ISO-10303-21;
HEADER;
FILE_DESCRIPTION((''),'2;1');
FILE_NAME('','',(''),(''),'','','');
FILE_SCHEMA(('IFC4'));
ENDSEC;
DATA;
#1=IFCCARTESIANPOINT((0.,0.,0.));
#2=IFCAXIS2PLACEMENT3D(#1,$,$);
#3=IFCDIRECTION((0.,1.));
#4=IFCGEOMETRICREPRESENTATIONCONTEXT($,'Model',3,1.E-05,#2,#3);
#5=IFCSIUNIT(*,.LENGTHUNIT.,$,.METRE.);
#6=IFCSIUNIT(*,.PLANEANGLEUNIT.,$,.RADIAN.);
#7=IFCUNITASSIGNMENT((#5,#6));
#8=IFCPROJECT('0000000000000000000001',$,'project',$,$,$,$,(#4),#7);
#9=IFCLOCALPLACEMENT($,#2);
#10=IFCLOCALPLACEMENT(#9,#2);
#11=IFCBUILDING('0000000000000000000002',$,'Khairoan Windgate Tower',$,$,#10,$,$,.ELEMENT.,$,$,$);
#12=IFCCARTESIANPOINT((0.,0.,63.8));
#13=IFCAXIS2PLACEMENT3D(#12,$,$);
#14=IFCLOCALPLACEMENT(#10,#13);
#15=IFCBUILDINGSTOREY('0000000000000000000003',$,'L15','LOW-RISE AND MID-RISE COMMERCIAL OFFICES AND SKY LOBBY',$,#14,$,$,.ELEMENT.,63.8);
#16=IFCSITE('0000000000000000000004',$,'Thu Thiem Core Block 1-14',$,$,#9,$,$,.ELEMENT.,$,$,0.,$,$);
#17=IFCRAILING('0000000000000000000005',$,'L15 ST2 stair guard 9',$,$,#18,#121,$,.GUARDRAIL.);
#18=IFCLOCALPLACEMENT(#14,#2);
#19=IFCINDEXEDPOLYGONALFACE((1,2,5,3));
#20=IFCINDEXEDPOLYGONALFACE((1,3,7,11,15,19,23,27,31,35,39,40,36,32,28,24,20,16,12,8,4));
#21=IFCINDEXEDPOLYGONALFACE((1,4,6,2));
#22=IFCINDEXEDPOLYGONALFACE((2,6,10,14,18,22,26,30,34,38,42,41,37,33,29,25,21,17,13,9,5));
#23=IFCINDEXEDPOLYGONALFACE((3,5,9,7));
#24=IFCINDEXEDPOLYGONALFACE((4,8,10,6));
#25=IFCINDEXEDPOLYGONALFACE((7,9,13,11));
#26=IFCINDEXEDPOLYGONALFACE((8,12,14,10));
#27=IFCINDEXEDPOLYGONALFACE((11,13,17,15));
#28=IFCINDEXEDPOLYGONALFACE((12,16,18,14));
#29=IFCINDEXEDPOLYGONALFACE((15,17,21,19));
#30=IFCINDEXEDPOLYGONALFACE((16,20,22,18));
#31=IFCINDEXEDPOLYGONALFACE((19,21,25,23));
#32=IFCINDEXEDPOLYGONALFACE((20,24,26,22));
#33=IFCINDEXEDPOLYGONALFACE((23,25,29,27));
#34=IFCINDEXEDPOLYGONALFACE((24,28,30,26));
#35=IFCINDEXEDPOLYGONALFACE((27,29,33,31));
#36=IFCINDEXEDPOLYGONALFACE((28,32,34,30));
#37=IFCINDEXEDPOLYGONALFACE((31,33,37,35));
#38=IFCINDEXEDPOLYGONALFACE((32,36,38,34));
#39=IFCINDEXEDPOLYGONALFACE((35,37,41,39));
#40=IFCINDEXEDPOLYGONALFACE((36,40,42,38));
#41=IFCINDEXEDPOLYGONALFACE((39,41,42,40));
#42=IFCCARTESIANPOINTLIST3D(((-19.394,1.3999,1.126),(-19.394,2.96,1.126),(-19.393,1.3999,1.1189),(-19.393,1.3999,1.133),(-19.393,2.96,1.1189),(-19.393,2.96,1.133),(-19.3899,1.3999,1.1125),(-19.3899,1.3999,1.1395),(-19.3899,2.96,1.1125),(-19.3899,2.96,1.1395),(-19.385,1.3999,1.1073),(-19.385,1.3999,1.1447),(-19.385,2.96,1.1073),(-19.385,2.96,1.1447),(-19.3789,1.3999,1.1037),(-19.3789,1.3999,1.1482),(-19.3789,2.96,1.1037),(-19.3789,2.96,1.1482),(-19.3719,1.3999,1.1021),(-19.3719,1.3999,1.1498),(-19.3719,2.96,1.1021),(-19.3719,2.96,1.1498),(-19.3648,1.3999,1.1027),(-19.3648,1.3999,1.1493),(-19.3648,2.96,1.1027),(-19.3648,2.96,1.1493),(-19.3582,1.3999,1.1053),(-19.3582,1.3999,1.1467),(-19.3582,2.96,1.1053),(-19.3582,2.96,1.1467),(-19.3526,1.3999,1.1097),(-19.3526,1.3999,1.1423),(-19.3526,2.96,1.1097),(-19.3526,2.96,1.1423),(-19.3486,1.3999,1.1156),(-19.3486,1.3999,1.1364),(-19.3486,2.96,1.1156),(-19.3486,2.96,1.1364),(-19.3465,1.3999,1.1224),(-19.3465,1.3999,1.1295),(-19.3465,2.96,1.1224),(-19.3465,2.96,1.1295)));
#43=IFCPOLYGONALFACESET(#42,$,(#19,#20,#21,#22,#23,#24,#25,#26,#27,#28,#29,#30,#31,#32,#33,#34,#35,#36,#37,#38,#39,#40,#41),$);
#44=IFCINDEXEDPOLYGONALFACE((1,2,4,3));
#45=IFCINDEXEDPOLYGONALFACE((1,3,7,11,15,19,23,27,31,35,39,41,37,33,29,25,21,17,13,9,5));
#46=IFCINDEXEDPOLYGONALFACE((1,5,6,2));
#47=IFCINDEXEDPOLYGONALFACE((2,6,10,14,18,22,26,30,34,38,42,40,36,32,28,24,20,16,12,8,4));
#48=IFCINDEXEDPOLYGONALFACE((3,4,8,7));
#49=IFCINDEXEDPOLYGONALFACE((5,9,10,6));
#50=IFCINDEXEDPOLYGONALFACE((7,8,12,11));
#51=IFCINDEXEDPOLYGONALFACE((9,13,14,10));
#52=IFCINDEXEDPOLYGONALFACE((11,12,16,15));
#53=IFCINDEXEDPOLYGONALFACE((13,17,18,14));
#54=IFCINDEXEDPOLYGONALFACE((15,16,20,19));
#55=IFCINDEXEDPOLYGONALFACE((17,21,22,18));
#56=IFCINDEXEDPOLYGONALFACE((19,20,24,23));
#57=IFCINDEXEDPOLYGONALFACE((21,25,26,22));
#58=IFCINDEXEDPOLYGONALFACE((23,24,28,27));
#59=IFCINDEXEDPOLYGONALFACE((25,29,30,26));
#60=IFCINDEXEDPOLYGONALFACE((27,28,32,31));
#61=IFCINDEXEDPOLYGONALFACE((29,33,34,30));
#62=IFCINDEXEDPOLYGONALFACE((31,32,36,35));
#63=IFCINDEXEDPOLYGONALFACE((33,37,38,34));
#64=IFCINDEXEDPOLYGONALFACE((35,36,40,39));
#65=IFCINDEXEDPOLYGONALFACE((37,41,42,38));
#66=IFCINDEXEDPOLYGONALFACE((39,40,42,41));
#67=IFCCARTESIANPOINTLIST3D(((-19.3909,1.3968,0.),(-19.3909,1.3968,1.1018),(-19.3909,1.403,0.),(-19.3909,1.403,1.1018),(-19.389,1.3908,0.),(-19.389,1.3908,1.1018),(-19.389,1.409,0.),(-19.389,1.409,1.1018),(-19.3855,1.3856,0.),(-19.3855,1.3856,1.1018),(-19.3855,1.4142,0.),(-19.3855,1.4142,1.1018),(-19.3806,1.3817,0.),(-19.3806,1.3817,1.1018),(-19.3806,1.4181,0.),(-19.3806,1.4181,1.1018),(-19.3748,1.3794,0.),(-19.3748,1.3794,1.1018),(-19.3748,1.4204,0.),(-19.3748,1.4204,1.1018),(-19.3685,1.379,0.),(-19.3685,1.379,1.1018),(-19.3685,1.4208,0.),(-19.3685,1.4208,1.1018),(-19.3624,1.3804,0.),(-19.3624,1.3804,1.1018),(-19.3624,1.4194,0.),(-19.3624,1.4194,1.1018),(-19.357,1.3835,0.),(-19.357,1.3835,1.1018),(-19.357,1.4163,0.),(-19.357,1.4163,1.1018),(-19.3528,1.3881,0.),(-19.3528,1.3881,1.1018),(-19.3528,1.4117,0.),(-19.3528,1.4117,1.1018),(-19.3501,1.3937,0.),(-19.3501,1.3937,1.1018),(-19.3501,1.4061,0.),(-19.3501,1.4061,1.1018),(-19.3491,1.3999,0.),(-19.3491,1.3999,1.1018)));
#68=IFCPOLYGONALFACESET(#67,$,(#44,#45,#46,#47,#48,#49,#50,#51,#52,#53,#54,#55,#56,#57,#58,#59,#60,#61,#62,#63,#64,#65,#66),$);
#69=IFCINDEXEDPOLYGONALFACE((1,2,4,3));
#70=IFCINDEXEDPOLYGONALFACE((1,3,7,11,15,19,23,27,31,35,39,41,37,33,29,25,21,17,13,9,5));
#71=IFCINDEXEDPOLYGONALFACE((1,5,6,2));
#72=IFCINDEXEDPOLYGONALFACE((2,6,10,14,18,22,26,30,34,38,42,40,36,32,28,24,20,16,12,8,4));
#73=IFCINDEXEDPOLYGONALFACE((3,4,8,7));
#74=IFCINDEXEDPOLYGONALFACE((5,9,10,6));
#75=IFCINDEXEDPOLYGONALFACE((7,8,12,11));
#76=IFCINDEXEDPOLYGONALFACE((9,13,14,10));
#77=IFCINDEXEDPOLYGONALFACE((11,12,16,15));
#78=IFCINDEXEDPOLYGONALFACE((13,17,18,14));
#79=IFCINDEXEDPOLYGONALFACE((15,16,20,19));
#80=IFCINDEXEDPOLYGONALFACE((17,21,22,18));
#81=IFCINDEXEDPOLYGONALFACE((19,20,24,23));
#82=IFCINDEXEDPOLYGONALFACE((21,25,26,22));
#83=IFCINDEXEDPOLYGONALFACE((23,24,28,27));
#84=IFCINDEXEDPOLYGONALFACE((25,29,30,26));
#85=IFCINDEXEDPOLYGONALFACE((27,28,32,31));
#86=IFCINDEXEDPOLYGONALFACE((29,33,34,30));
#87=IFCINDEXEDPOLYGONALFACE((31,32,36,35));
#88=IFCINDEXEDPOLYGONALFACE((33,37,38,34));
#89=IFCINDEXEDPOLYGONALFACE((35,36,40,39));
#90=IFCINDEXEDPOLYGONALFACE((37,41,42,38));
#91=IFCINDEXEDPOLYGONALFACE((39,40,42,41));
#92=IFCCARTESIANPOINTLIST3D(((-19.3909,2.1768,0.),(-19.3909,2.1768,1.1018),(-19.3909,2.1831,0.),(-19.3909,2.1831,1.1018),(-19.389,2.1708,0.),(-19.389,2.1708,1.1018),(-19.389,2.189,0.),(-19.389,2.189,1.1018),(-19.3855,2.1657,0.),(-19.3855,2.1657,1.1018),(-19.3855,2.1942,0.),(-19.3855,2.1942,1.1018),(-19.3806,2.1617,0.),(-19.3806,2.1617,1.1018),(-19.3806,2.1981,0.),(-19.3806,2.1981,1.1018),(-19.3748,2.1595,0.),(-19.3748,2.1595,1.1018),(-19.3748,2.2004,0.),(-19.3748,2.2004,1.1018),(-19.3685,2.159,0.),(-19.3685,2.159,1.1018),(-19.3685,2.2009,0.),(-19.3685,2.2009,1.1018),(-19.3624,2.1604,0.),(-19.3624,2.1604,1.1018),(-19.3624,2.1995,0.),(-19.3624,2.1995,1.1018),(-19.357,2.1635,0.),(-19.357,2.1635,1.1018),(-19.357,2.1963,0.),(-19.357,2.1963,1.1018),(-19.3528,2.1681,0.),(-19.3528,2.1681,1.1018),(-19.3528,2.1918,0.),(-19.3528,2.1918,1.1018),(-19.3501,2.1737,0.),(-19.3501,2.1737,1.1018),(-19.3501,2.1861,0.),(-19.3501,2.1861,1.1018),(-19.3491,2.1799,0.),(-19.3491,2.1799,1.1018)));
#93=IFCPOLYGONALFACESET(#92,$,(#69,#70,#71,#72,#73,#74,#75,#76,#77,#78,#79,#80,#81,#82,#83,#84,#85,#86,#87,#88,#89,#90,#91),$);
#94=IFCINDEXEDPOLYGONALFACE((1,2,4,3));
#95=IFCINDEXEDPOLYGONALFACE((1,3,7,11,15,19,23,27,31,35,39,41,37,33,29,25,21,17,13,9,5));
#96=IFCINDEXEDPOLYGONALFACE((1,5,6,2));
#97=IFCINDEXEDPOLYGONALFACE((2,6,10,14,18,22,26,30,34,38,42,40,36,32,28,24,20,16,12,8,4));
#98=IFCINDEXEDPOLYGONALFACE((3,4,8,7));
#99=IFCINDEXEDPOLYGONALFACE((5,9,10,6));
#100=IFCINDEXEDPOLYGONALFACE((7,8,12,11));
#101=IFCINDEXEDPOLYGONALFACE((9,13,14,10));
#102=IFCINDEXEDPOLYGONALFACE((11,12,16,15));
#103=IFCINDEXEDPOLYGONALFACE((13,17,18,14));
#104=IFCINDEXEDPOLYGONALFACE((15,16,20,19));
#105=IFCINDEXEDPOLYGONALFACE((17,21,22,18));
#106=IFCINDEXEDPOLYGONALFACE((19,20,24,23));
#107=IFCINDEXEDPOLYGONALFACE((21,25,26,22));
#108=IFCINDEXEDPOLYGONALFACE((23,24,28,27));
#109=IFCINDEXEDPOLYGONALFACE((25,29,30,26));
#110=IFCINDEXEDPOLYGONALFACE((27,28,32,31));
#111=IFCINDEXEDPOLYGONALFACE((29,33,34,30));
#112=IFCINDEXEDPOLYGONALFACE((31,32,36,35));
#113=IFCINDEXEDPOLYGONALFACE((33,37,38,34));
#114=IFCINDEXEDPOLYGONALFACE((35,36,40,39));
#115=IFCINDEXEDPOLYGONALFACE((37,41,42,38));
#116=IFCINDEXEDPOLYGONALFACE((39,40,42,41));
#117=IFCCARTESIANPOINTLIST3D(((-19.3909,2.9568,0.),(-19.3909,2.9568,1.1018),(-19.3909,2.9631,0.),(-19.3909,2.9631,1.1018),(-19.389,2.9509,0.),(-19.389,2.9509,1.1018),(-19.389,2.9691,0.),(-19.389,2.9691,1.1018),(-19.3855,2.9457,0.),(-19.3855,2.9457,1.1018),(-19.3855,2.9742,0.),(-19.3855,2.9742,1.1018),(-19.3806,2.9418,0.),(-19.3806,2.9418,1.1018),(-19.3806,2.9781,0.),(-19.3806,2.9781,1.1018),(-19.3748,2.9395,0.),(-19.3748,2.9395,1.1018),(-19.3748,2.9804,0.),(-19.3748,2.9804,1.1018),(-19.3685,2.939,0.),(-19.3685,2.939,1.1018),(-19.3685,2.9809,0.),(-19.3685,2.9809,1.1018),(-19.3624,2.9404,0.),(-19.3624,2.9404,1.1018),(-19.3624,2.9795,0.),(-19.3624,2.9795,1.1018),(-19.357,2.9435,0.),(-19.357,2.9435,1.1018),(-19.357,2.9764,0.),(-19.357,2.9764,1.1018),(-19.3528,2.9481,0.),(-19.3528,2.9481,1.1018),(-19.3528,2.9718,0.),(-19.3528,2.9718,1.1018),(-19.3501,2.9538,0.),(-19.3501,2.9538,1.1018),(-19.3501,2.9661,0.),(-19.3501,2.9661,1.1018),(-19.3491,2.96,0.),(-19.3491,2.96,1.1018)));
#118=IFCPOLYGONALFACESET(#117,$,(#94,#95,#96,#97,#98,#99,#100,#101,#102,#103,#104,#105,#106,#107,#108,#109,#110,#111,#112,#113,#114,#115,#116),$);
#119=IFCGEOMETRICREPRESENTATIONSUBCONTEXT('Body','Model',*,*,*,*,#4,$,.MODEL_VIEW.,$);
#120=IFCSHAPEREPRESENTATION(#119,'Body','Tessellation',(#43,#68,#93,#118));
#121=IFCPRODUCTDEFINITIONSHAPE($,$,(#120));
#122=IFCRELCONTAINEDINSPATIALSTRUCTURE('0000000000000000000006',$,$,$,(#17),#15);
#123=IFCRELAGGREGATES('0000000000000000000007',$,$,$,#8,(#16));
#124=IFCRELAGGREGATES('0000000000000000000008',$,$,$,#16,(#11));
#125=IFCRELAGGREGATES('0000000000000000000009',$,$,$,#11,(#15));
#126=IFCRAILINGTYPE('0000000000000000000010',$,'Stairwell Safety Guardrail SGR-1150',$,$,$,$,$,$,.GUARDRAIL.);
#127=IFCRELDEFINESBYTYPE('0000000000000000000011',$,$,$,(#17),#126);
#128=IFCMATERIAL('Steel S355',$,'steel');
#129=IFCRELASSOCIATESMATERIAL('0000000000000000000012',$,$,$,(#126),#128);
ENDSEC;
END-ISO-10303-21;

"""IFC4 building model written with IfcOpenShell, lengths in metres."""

from ifc_helpers import new_model, si_unit, direction, frame, origin, origin_2d, place, context, subcontext, project, spatial, circle, extrude, material, type_object, element, save


model = new_model("IFC4")

# Units and contexts
model_context = context("Model", 3, precision=1e-05, world=origin(), true_north=direction((0.0, 1.0)))
body_context = subcontext(model_context, "Body", "Model", "MODEL_VIEW")
ifc_project = project(units=[si_unit("LENGTHUNIT", "METRE"), si_unit("PLANEANGLEUNIT", "RADIAN")], contexts=[model_context])

# Site, building, storey
site_placement = place(None, origin())
site = spatial("IfcSite", under=ifc_project, at=site_placement, Name="Thu Thiem Core Block 1-14", CompositionType="ELEMENT", RefElevation=0.0)
building_placement = place(site_placement, origin())
building = spatial("IfcBuilding", under=site, at=building_placement, Name="Khairoan Windgate Tower", CompositionType="ELEMENT")
storey_placement = place(building_placement, frame((0.0, 0.0, 63.8)))
storey = spatial("IfcBuildingStorey", under=building, at=storey_placement, Name="L15", Description="LOW-RISE AND MID-RISE COMMERCIAL OFFICES AND SKY LOBBY", CompositionType="ELEMENT", Elevation=63.8)

# Railing
ifc_material_1 = material(Name="Steel S355", Category="steel")
railing_type_1 = type_object("IfcRailingType", Name="Stairwell Safety Guardrail SGR-1150", PredefinedType="GUARDRAIL", material=ifc_material_1)
for number, where, name in (
    (1, (-19.3701, 1.3999, 0.0), "L15 ST2 stair guard 9"),
):
    element("IfcRailing", number, at=place(storey_placement, frame(where)), inside=storey, type_object=railing_type_1, Name=name, PredefinedType="GUARDRAIL", context=body_context, shape_type="SweptSolid", body=[
        extrude(circle(Radius=0.0239, at=origin_2d()), frame((0.0, 0.0, 1.126), z_axis=(0.0, 1.0, 0.0), x_axis=(-1.0, 0.0, 0.0)), (0.0, 0.0, 1.0), 1.5601),
        extrude(circle(Radius=0.021, at=origin_2d()), origin(), (0.0, 0.0, 1.0), 1.1018),
        extrude(circle(Radius=0.021, at=origin_2d()), frame((0.0, 0.78, 0.0)), (0.0, 0.0, 1.0), 1.1018),
        extrude(circle(Radius=0.021, at=origin_2d()), frame((0.0, 1.5601, 0.0)), (0.0, 0.0, 1.0), 1.1018),
    ])

save(model, "model.ifc")
